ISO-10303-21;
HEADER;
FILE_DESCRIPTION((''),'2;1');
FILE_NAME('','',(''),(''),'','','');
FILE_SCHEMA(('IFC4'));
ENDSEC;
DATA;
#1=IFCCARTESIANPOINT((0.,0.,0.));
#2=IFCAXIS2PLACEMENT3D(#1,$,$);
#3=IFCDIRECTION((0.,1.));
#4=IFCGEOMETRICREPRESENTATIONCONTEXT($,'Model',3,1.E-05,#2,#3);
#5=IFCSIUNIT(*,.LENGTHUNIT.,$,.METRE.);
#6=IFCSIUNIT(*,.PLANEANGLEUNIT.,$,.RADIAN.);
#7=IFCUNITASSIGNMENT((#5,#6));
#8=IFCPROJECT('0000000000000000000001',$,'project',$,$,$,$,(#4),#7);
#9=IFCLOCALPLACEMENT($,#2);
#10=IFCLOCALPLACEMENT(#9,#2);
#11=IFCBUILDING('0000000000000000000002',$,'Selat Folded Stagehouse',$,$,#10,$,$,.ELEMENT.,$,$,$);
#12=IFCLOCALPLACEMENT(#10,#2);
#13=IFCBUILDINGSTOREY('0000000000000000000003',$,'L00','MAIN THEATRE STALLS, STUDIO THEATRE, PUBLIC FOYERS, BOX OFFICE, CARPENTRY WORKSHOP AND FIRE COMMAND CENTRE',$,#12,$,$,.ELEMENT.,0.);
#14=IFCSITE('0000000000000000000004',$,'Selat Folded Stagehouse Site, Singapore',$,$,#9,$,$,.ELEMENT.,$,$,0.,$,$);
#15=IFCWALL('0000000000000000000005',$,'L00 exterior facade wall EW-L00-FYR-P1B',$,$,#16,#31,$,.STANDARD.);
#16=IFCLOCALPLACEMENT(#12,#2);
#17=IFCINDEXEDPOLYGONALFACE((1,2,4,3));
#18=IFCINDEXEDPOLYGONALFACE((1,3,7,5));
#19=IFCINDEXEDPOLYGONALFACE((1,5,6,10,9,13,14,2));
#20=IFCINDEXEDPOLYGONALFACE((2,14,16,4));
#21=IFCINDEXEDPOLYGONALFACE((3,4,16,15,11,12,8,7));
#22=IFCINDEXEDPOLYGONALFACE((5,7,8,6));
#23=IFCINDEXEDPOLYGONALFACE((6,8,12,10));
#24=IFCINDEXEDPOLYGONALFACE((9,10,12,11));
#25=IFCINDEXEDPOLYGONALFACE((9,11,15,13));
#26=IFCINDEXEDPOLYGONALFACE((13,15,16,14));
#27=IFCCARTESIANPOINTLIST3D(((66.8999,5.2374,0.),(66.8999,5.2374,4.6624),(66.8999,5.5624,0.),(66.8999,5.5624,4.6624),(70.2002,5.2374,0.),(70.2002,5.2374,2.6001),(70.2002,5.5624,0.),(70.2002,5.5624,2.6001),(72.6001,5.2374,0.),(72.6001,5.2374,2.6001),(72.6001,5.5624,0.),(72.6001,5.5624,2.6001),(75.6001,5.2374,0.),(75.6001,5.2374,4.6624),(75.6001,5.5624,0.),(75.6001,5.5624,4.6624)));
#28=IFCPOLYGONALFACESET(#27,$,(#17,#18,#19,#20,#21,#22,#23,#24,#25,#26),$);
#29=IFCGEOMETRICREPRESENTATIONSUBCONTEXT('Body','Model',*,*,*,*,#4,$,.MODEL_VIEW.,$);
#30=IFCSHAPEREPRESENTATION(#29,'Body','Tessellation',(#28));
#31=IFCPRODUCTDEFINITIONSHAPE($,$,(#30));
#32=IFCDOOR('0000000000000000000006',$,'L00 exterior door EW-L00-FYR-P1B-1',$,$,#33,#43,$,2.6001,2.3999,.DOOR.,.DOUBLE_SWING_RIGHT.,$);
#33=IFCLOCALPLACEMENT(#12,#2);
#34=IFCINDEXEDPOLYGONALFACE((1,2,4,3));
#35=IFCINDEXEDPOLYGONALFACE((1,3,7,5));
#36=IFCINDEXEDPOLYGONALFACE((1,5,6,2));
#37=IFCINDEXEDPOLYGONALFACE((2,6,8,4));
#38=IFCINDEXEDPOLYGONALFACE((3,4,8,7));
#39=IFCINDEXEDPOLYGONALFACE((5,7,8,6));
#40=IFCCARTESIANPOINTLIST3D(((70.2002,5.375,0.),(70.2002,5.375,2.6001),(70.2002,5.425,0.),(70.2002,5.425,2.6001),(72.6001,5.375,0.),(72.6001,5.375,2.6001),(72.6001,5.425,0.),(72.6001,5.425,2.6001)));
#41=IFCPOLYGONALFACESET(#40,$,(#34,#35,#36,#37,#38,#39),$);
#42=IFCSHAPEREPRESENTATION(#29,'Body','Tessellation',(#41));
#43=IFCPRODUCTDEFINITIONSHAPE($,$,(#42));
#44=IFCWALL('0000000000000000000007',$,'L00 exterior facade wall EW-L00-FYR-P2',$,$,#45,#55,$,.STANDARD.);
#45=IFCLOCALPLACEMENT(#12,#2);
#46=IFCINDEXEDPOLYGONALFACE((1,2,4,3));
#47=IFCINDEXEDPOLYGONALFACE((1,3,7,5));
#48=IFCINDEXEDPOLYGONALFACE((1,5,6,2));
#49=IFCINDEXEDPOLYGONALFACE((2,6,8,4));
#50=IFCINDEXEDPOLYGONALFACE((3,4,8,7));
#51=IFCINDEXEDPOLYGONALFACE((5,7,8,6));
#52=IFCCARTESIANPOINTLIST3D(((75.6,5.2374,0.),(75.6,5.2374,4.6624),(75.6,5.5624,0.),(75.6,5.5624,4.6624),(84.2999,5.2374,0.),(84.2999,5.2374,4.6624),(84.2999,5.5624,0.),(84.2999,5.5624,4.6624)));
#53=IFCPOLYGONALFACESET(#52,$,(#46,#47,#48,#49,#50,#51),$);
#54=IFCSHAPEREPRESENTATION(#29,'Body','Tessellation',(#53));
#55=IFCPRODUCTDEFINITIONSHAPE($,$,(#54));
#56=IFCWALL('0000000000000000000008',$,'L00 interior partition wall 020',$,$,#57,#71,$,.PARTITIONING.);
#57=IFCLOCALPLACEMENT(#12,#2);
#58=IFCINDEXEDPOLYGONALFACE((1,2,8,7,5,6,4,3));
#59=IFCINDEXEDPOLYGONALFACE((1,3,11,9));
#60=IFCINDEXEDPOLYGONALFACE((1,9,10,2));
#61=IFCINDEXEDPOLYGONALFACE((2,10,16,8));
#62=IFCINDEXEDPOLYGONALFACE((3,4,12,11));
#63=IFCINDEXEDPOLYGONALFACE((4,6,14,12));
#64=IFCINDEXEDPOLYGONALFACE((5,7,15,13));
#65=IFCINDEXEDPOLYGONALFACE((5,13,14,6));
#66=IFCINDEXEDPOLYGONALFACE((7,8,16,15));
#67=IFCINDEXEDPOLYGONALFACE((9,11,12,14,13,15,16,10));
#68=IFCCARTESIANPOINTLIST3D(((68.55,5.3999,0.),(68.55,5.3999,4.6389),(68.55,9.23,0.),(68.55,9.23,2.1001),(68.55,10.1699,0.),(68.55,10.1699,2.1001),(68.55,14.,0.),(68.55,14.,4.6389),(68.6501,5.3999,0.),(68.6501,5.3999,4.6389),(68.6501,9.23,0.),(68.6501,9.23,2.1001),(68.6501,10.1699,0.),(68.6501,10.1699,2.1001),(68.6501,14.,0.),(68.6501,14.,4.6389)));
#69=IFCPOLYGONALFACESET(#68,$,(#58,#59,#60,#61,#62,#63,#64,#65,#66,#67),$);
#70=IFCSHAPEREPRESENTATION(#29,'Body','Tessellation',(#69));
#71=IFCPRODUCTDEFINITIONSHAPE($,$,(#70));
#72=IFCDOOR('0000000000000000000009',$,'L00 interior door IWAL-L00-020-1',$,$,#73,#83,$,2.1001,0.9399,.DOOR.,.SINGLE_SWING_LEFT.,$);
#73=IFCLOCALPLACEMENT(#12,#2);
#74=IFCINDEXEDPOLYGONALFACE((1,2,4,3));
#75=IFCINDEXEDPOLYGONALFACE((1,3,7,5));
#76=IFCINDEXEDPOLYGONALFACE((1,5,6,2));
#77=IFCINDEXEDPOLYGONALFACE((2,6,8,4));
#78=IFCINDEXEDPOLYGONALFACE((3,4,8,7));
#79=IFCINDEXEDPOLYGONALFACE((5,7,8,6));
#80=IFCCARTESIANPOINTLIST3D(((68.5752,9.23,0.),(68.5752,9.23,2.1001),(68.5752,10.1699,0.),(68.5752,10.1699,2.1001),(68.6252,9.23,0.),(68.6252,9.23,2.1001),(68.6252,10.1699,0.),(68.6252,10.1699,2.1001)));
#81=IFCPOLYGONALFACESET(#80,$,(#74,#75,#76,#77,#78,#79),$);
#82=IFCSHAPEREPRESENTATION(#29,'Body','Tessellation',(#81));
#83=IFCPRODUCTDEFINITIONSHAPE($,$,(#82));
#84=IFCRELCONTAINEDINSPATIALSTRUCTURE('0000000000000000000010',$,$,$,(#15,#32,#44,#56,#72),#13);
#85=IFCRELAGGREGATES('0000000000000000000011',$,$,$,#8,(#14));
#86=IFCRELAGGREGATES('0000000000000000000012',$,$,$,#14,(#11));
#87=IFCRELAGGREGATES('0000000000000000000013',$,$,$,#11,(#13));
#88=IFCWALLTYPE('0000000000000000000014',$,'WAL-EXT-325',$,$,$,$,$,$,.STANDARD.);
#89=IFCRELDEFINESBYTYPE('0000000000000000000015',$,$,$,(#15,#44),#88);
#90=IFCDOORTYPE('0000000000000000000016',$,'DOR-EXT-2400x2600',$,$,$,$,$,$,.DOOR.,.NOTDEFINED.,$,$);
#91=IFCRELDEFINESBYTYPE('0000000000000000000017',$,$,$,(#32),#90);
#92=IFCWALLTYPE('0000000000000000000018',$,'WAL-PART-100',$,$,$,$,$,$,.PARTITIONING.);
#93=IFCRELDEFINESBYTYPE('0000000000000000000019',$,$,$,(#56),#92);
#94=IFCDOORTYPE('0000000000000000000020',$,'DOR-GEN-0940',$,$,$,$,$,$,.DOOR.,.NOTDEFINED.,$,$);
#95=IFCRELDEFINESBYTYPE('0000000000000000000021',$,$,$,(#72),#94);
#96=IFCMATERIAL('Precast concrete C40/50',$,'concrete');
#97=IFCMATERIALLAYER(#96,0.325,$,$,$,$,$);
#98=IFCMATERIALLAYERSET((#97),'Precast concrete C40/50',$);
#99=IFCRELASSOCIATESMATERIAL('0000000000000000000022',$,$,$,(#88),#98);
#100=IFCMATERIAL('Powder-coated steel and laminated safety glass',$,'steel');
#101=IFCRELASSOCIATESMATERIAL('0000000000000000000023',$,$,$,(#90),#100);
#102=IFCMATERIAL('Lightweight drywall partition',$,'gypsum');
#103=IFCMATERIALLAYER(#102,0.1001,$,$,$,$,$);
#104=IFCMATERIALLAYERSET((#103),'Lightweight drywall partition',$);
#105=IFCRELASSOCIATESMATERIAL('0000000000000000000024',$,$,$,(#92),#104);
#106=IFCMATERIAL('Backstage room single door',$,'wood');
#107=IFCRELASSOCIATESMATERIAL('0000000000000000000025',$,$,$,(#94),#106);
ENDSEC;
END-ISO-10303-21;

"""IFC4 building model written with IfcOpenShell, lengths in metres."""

from ifc_helpers import new_model, si_unit, direction, frame, frame_2d, origin, place, context, subcontext, project, spatial, rectangle, extrude, material, layer, layer_set, type_object, element, fill, save


model = new_model("IFC4")

# Units and contexts
model_context = context("Model", 3, precision=1e-05, world=origin(), true_north=direction((0.0, 1.0)))
body_context = subcontext(model_context, "Body", "Model", "MODEL_VIEW")
ifc_project = project(units=[si_unit("LENGTHUNIT", "METRE"), si_unit("PLANEANGLEUNIT", "RADIAN")], contexts=[model_context])

# Site, building, storey
site_placement = place(None, origin())
site = spatial("IfcSite", under=ifc_project, at=site_placement, Name="Selat Folded Stagehouse Site, Singapore", CompositionType="ELEMENT", RefElevation=0.0)
building_placement = place(site_placement, origin())
building = spatial("IfcBuilding", under=site, at=building_placement, Name="Selat Folded Stagehouse", CompositionType="ELEMENT")
storey_placement = place(building_placement, origin())
storey = spatial("IfcBuildingStorey", under=building, at=storey_placement, Name="L00", Description="MAIN THEATRE STALLS, STUDIO THEATRE, PUBLIC FOYERS, BOX OFFICE, CARPENTRY WORKSHOP AND FIRE COMMAND CENTRE", CompositionType="ELEMENT", Elevation=0.0)

# Wall, opening, door
ifc_material_1 = material(Name="Precast concrete C40/50", Category="concrete")
ifc_layer_1 = layer(ifc_material_1, 0.325)
ifc_layer_set_1 = layer_set([ifc_layer_1], Name="Precast concrete C40/50")
wall_type_1 = type_object("IfcWallType", Name="WAL-EXT-325", PredefinedType="STANDARD", material=ifc_layer_set_1)
wall_1_placement = place(storey_placement, frame((75.6001, 5.3999, 0.0), z_axis=(0.0, 0.0, 1.0), x_axis=(-1.0, 0.0, 0.0)))
wall_1 = element("IfcWall", 1, at=wall_1_placement, inside=storey, type_object=wall_type_1, Name="L00 exterior facade wall EW-L00-FYR-P1B", PredefinedType="STANDARD", context=body_context, shape_type="SweptSolid", body=[
    extrude(rectangle(XDim=8.7002, YDim=0.325, at=frame_2d((4.3501, 0.0))), origin(), (0.0, 0.0, 1.0), 4.6624),
])
opening_1_placement = place(wall_1_placement, frame((3.0, 0.0, 0.0)))
opening_1 = element("IfcOpeningElement", 2, at=opening_1_placement, cuts=wall_1, PredefinedType="OPENING", context=body_context, shape_type="SweptSolid", body=[
    extrude(rectangle(XDim=2.3999, YDim=2.6001, at=frame_2d((1.2, 1.3))), frame((0.0, 0.1724, 0.0), z_axis=(0.0, -1.0, 0.0), x_axis=(1.0, 0.0, 0.0)), (0.0, 0.0, 1.0), 0.345),
])
ifc_material_2 = material(Name="Powder-coated steel and laminated safety glass", Category="steel")
door_type_1 = type_object("IfcDoorType", Name="DOR-EXT-2400x2600", OperationType="NOTDEFINED", PredefinedType="DOOR", material=ifc_material_2)
door_1_placement = place(opening_1_placement, origin())
door_1 = element("IfcDoor", 3, at=door_1_placement, inside=storey, type_object=door_type_1, Name="L00 exterior door EW-L00-FYR-P1B-1", OperationType="DOUBLE_SWING_RIGHT", OverallHeight=2.6001, OverallWidth=2.3999, PredefinedType="DOOR", context=body_context, shape_type="SweptSolid", body=[
    extrude(rectangle(XDim=2.3999, YDim=2.6001, at=frame_2d((1.2, 1.3))), frame((0.0, 0.0249, 0.0), z_axis=(0.0, -1.0, 0.0), x_axis=(1.0, 0.0, 0.0)), (0.0, 0.0, 1.0), 0.05),
])
fill(opening_1, door_1)

# Wall
wall_2_placement = place(storey_placement, frame((84.3, 5.3999, 0.0), z_axis=(0.0, 0.0, 1.0), x_axis=(-1.0, 0.0, 0.0)))
element("IfcWall", 4, at=wall_2_placement, inside=storey, type_object=wall_type_1, Name="L00 exterior facade wall EW-L00-FYR-P2", PredefinedType="STANDARD", context=body_context, shape_type="SweptSolid", body=[
    extrude(rectangle(XDim=8.7, YDim=0.325, at=frame_2d((4.3501, 0.0))), origin(), (0.0, 0.0, 1.0), 4.6624),
])

# Wall, opening, door
ifc_material_3 = material(Name="Lightweight drywall partition", Category="gypsum")
ifc_layer_2 = layer(ifc_material_3, 0.1001)
ifc_layer_set_2 = layer_set([ifc_layer_2], Name="Lightweight drywall partition")
wall_type_2 = type_object("IfcWallType", Name="WAL-PART-100", PredefinedType="PARTITIONING", material=ifc_layer_set_2)
wall_3_placement = place(storey_placement, frame((68.6001, 5.3999, 0.0), z_axis=(0.0, 0.0, 1.0), x_axis=(0.0, 1.0, 0.0)))
wall_3 = element("IfcWall", 5, at=wall_3_placement, inside=storey, type_object=wall_type_2, Name="L00 interior partition wall 020", PredefinedType="PARTITIONING", context=body_context, shape_type="SweptSolid", body=[
    extrude(rectangle(XDim=8.6001, YDim=0.1001, at=frame_2d((4.3, 0.0))), origin(), (0.0, 0.0, 1.0), 4.6389),
])
opening_2_placement = place(wall_3_placement, frame((3.8301, 0.0, 0.0)))
opening_2 = element("IfcOpeningElement", 6, at=opening_2_placement, cuts=wall_3, PredefinedType="OPENING", context=body_context, shape_type="SweptSolid", body=[
    extrude(rectangle(XDim=0.9399, YDim=2.1001, at=frame_2d((0.47, 1.05))), frame((0.0, 0.0601, 0.0), z_axis=(0.0, -1.0, 0.0), x_axis=(1.0, 0.0, 0.0)), (0.0, 0.0, 1.0), 0.1201),
])
ifc_material_4 = material(Name="Backstage room single door", Category="wood")
door_type_2 = type_object("IfcDoorType", Name="DOR-GEN-0940", OperationType="NOTDEFINED", PredefinedType="DOOR", material=ifc_material_4)
door_2_placement = place(opening_2_placement, origin())
door_2 = element("IfcDoor", 7, at=door_2_placement, inside=storey, type_object=door_type_2, Name="L00 interior door IWAL-L00-020-1", OperationType="SINGLE_SWING_LEFT", OverallHeight=2.1001, OverallWidth=0.9399, PredefinedType="DOOR", context=body_context, shape_type="SweptSolid", body=[
    extrude(rectangle(XDim=0.9399, YDim=2.1001, at=frame_2d((0.47, 1.05))), frame((0.0, 0.0249, 0.0), z_axis=(0.0, -1.0, 0.0), x_axis=(1.0, 0.0, 0.0)), (0.0, 0.0, 1.0), 0.05),
])
fill(opening_2, door_2)

save(model, "model.ifc")
